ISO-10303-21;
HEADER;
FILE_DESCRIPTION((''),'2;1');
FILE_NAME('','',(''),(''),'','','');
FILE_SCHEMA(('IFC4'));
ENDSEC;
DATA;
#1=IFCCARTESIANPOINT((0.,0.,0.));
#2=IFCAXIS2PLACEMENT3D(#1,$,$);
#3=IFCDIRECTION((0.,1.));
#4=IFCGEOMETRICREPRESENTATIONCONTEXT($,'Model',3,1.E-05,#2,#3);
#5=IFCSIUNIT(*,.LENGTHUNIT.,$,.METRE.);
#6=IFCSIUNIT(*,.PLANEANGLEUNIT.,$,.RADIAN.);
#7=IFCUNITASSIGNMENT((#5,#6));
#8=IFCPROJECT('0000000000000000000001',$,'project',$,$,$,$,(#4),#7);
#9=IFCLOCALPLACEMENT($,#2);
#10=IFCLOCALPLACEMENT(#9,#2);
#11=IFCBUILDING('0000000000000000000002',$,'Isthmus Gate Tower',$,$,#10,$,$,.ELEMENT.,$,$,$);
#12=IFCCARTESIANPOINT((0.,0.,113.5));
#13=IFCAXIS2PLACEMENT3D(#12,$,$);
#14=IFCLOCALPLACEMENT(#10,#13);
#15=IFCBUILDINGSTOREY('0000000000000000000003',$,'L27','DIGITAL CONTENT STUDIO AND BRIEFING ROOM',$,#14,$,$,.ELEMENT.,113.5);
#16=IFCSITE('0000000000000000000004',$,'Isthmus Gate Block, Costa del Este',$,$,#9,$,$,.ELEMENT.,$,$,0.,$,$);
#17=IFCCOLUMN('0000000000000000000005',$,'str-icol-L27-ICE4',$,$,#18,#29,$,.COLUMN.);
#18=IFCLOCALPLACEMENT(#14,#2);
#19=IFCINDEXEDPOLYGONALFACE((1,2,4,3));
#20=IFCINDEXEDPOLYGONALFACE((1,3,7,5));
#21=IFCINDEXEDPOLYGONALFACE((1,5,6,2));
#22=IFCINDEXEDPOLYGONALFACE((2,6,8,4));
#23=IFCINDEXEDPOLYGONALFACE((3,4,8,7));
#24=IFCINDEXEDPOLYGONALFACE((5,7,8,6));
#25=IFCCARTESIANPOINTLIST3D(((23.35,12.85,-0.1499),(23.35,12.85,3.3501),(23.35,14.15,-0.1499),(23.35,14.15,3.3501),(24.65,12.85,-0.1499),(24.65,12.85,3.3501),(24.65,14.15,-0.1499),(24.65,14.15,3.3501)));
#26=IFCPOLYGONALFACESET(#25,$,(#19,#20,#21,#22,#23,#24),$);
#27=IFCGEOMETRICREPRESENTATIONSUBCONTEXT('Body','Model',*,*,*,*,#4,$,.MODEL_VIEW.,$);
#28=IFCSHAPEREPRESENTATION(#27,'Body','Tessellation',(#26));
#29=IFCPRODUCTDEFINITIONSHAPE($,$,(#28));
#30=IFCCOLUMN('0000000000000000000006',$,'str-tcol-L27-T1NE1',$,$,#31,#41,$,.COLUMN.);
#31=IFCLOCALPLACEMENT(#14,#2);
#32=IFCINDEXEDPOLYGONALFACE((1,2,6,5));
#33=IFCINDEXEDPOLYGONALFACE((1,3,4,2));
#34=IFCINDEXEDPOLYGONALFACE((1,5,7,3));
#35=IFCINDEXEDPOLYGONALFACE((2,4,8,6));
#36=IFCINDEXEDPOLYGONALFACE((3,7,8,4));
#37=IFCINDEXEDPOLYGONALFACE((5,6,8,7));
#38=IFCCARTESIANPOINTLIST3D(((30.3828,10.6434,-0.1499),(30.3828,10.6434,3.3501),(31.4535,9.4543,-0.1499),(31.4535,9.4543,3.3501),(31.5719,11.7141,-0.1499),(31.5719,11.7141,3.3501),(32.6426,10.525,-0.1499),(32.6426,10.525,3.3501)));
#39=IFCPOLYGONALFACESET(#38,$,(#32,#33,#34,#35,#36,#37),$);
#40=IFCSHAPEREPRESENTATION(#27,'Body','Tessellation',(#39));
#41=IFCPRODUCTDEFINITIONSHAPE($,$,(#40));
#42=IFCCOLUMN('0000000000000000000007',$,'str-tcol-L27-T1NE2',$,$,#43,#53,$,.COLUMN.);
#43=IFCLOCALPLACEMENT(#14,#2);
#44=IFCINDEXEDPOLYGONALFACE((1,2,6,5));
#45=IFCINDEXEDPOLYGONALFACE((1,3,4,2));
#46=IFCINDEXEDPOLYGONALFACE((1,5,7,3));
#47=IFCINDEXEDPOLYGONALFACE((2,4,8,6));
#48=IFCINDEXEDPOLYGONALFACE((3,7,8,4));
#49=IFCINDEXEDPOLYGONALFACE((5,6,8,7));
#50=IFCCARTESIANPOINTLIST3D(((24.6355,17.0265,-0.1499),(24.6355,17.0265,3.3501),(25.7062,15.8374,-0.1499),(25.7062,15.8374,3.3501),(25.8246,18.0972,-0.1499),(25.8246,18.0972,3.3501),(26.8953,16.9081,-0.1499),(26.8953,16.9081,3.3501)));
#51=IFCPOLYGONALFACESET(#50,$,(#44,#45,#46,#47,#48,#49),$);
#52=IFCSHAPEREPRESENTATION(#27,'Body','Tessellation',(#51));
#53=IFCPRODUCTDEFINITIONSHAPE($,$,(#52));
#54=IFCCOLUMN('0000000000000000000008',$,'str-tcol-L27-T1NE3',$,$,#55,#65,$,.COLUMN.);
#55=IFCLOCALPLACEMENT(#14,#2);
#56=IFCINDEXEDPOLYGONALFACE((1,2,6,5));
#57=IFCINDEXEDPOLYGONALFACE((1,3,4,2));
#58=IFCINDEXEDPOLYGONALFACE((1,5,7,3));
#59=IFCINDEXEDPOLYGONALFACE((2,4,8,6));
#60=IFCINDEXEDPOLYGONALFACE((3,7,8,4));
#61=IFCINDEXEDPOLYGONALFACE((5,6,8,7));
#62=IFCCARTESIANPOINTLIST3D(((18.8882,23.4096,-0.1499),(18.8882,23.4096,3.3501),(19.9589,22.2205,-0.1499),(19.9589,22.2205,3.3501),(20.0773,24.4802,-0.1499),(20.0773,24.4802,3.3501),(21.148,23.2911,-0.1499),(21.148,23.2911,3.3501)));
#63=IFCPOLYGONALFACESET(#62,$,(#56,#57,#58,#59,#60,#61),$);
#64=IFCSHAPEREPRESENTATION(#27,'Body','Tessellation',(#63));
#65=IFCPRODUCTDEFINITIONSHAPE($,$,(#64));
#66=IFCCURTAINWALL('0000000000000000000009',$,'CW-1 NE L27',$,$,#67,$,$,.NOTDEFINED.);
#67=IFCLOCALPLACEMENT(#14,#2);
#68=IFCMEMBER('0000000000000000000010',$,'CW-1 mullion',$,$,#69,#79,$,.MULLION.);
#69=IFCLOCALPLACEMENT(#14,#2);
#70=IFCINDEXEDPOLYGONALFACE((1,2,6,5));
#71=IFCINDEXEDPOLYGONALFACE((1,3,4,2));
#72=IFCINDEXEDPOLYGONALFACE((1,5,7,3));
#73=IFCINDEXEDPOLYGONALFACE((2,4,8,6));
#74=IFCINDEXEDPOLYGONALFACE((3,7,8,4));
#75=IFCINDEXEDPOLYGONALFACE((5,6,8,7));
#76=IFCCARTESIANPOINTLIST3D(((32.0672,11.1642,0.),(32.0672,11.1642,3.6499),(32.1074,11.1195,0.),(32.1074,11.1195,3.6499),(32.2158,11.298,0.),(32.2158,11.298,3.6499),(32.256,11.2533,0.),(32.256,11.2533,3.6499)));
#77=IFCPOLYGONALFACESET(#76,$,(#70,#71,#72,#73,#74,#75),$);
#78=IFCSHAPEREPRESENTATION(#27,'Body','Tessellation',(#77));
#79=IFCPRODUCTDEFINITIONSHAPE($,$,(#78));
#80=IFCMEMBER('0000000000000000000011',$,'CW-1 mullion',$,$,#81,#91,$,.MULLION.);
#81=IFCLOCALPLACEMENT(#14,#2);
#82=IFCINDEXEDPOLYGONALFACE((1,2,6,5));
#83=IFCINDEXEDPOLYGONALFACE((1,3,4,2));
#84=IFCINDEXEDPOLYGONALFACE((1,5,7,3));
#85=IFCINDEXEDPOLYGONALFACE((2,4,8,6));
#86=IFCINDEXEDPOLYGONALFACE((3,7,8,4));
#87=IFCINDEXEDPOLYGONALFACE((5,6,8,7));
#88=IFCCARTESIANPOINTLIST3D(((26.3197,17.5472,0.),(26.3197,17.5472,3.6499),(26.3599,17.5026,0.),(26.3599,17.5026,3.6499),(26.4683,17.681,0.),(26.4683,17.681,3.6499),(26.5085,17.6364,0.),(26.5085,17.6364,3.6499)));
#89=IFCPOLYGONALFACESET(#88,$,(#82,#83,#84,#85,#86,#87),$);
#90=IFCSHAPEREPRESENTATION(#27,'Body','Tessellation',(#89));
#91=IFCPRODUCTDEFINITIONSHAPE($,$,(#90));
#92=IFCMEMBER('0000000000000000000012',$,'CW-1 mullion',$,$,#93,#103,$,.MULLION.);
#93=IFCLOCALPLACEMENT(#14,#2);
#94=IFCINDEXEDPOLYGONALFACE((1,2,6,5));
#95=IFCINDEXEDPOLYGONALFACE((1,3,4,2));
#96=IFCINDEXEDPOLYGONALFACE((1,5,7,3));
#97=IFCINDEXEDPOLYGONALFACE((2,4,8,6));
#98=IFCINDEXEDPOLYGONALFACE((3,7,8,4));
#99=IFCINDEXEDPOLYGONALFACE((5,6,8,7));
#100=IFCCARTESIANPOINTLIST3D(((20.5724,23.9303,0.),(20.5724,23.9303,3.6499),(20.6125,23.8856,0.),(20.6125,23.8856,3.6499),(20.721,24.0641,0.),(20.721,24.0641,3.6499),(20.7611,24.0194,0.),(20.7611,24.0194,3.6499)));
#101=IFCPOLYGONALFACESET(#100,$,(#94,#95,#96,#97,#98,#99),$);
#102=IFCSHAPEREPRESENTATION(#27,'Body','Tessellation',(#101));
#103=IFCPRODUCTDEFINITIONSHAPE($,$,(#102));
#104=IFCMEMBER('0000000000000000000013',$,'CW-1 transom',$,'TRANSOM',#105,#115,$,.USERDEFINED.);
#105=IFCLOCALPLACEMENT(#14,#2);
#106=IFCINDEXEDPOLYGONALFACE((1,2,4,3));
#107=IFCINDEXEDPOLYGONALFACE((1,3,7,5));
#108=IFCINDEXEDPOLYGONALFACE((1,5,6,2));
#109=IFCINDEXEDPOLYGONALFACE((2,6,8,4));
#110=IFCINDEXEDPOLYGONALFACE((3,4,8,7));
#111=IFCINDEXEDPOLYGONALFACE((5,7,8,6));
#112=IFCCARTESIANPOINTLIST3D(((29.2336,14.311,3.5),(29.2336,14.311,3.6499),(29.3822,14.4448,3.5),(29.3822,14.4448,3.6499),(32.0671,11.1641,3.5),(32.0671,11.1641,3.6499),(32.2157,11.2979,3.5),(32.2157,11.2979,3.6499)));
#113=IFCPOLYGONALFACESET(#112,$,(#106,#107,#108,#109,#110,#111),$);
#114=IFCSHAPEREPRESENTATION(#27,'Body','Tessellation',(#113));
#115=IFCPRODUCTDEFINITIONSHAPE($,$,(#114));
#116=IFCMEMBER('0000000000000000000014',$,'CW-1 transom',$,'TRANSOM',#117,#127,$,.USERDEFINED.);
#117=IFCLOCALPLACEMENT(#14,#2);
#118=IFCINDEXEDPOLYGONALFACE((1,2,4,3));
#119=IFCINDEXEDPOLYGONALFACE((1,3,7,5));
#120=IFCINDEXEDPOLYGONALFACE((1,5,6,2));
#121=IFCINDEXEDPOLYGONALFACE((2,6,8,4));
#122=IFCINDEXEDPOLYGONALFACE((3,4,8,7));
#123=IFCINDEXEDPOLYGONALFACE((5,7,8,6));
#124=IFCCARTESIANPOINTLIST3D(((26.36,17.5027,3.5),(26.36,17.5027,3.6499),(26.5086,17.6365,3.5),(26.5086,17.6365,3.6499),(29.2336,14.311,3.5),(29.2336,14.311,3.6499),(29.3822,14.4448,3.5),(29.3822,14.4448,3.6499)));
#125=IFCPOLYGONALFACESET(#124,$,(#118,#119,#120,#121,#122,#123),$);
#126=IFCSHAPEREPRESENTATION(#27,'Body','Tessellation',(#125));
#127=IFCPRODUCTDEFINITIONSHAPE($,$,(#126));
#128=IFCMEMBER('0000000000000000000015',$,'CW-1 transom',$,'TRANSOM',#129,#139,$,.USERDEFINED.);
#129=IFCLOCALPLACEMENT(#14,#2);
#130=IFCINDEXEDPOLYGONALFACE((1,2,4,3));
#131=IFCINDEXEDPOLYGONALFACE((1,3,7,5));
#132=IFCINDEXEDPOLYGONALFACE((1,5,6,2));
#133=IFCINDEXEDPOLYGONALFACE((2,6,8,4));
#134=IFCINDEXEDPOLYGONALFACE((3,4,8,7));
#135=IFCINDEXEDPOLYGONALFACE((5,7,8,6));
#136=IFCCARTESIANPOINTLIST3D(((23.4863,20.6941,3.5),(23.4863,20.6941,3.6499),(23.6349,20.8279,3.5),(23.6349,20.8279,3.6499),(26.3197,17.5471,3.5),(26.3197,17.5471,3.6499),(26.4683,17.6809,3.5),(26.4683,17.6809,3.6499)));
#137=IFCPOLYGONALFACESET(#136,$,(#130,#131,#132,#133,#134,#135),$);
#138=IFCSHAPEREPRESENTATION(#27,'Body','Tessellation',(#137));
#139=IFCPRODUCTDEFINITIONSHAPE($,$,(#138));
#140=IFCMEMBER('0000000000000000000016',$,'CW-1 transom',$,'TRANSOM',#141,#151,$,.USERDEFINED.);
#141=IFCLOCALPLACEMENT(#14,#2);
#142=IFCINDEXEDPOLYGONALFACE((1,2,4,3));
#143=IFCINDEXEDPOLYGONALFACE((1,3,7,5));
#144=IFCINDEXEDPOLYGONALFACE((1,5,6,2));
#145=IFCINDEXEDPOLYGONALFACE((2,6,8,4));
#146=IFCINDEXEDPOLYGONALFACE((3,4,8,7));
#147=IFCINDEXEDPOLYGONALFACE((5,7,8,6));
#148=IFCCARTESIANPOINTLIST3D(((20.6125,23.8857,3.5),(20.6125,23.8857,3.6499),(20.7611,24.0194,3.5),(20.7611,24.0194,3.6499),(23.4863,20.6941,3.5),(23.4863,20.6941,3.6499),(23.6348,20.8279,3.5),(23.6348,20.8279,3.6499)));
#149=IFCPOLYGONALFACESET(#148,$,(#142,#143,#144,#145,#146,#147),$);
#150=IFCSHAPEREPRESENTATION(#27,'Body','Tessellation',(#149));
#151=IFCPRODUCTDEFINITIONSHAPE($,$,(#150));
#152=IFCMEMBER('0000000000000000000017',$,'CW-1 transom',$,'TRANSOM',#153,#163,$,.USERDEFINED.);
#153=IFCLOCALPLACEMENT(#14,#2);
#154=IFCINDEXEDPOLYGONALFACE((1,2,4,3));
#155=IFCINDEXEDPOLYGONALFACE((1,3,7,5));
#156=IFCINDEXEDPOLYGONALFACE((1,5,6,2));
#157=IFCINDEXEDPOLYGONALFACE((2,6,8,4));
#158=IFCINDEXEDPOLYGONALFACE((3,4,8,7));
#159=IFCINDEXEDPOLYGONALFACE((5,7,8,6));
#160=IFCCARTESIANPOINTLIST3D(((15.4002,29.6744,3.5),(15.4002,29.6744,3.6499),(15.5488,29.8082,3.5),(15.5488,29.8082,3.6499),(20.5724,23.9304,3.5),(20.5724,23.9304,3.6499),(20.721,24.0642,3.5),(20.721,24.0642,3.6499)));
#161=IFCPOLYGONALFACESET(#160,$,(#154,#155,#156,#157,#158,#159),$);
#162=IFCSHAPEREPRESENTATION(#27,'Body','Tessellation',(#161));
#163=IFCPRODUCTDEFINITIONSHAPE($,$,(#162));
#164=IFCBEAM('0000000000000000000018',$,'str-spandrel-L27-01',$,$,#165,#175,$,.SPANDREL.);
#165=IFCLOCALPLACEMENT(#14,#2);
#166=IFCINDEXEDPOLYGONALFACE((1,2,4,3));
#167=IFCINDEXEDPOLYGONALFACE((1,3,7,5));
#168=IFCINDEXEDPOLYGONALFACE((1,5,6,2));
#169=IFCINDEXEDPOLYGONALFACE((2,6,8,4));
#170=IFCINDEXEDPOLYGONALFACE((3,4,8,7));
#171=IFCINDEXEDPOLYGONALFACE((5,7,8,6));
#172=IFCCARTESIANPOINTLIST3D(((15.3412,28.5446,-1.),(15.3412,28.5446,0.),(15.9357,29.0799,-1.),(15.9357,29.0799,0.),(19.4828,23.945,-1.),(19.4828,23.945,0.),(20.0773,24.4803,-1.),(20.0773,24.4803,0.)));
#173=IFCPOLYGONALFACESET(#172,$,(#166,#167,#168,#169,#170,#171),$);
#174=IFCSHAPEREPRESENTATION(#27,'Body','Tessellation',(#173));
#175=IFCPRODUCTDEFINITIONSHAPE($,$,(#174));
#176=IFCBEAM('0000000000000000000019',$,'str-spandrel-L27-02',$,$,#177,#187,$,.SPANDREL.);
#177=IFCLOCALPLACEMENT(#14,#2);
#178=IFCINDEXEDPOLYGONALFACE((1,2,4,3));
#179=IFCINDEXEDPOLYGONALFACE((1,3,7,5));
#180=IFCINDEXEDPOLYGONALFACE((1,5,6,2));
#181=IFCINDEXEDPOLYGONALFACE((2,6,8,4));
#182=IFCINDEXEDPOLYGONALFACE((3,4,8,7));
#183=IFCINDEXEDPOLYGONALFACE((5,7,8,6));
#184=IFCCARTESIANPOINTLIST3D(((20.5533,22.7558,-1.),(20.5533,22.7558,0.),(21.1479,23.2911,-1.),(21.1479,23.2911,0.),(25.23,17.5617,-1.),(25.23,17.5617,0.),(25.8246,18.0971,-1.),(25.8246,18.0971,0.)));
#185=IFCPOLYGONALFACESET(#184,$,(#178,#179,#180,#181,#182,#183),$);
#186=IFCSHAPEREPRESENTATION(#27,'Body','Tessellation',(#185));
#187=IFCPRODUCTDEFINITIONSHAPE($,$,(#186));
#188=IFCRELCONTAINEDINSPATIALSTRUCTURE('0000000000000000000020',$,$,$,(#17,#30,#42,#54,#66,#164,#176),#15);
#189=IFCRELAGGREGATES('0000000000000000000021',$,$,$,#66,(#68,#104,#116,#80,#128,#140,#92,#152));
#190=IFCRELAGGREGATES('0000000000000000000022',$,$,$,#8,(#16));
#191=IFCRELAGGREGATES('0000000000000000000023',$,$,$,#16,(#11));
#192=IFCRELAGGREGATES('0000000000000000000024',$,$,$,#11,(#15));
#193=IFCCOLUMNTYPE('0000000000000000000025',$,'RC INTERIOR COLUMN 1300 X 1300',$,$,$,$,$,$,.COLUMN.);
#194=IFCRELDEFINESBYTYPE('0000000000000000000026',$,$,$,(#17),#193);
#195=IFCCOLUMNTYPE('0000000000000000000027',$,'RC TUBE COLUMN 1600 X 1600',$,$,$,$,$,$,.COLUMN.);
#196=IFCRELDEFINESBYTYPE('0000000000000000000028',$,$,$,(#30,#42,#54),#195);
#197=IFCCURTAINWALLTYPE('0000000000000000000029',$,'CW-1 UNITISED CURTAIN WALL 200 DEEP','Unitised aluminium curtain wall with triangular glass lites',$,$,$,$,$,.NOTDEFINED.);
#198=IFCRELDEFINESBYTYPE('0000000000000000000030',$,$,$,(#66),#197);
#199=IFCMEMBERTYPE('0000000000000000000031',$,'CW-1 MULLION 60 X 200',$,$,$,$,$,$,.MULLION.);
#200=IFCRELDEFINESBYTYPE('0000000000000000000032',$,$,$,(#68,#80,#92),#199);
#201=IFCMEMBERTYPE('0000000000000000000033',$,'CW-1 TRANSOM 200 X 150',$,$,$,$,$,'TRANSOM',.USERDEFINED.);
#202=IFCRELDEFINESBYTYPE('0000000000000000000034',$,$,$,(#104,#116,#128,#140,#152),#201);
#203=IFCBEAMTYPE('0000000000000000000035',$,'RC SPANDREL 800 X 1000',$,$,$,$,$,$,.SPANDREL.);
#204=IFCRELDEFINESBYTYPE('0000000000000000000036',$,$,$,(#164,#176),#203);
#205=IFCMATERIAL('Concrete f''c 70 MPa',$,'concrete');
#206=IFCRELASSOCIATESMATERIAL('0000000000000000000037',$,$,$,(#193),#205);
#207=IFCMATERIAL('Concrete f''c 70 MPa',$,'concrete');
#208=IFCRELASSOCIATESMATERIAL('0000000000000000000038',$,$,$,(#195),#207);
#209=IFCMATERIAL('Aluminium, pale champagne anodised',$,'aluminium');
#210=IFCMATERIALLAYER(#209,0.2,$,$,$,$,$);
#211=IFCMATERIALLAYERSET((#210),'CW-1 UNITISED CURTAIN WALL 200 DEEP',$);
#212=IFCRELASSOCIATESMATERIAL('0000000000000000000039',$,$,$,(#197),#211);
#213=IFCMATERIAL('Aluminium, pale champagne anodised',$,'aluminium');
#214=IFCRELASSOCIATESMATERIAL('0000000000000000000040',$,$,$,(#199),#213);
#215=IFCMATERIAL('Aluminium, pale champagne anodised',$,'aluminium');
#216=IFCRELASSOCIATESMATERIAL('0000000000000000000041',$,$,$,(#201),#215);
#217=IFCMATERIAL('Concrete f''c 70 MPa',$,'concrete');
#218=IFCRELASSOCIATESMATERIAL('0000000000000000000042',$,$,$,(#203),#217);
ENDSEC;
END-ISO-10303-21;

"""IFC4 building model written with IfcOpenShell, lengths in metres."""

from ifc_helpers import new_model, si_unit, direction, frame, origin, origin_2d, place, context, subcontext, project, spatial, rectangle, extrude, material, layer, layer_set, material_profile, profile_set, type_object, element, aggregate, save


model = new_model("IFC4")

# Units and contexts
model_context = context("Model", 3, precision=1e-05, world=origin(), true_north=direction((0.0, 1.0)))
body_context = subcontext(model_context, "Body", "Model", "MODEL_VIEW")
ifc_project = project(units=[si_unit("LENGTHUNIT", "METRE"), si_unit("PLANEANGLEUNIT", "RADIAN")], contexts=[model_context])

# Site, building, storey
site_placement = place(None, origin())
site = spatial("IfcSite", under=ifc_project, at=site_placement, Name="Isthmus Gate Block, Costa del Este", CompositionType="ELEMENT", RefElevation=0.0)
building_placement = place(site_placement, origin())
building = spatial("IfcBuilding", under=site, at=building_placement, Name="Isthmus Gate Tower", CompositionType="ELEMENT")
storey_placement = place(building_placement, frame((0.0, 0.0, 113.5)))
storey = spatial("IfcBuildingStorey", under=building, at=storey_placement, Name="L27", Description="DIGITAL CONTENT STUDIO AND BRIEFING ROOM", CompositionType="ELEMENT", Elevation=113.5)

# Columns
ifc_material_1 = material(Name="Concrete f'c 70 MPa", Category="concrete")
ifc_material_profile_1 = material_profile(ifc_material_1, rectangle(XDim=1.3, YDim=1.3, at=origin_2d()), Name="RC 1300X1300")
ifc_profile_set_1 = profile_set([ifc_material_profile_1], Name="Concrete f'c 70 MPa")
column_type_1 = type_object("IfcColumnType", Name="RC INTERIOR COLUMN 1300 X 1300", PredefinedType="COLUMN", material=ifc_profile_set_1)
column_placement = place(storey_placement, frame((24.0, 13.5, -0.1499), z_axis=(0.0, 0.0, 1.0), x_axis=(1.0, 0.0, 0.0)))
element("IfcColumn", 1, at=column_placement, inside=storey, type_object=column_type_1, Name="str-icol-L27-ICE4", PredefinedType="COLUMN", context=body_context, shape_type="SweptSolid", body=[
    extrude(rectangle(XDim=1.3, YDim=1.3, at=origin_2d()), origin(), (0.0, 0.0, 1.0), 3.5),
])
ifc_material_2 = material(Name="Concrete f'c 70 MPa", Category="concrete")
ifc_material_profile_2 = material_profile(ifc_material_2, rectangle(XDim=1.6001, YDim=1.6001, at=origin_2d()), Name="RC 1600X1600")
ifc_profile_set_2 = profile_set([ifc_material_profile_2], Name="Concrete f'c 70 MPa")
column_type_2 = type_object("IfcColumnType", Name="RC TUBE COLUMN 1600 X 1600", PredefinedType="COLUMN", material=ifc_profile_set_2)
for number, where, z_axis, x_axis, name in (
    (2, (31.5127, 10.5842, -0.1499), (0.0, 0.0, 1.0), (-0.669131, 0.743145, 0.0), "str-tcol-L27-T1NE1"),
    (3, (25.7654, 16.9673, -0.1499), (0.0, 0.0, 1.0), (-0.669131, 0.743145, 0.0), "str-tcol-L27-T1NE2"),
    (4, (20.0181, 23.3503, -0.1499), (0.0, 0.0, 1.0), (-0.669131, 0.743145, 0.0), "str-tcol-L27-T1NE3"),
):
    element("IfcColumn", number, at=place(storey_placement, frame(where, z_axis=z_axis, x_axis=x_axis)), inside=storey, type_object=column_type_2, Name=name, PredefinedType="COLUMN", context=body_context, shape_type="SweptSolid", body=[
        extrude(rectangle(XDim=1.6001, YDim=1.6001, at=origin_2d()), origin(), (0.0, 0.0, 1.0), 3.5),
    ])

# Curtain wall, members
ifc_material_3 = material(Name="Aluminium, pale champagne anodised", Category="aluminium")
ifc_layer_1 = layer(ifc_material_3, 0.2)
ifc_layer_set_1 = layer_set([ifc_layer_1], Name="CW-1 UNITISED CURTAIN WALL 200 DEEP")
curtain_wall_type = type_object("IfcCurtainWallType", Name="CW-1 UNITISED CURTAIN WALL 200 DEEP", Description="Unitised aluminium curtain wall with triangular glass lites", PredefinedType="NOTDEFINED", material=ifc_layer_set_1)
curtain_wall_placement = place(storey_placement, origin())
curtain_wall = element("IfcCurtainWall", 5, at=curtain_wall_placement, inside=storey, type_object=curtain_wall_type, Name="CW-1 NE L27", PredefinedType="NOTDEFINED")
ifc_material_4 = material(Name="Aluminium, pale champagne anodised", Category="aluminium")
ifc_material_profile_3 = material_profile(ifc_material_4, rectangle(XDim=0.0601, YDim=0.2, at=origin_2d()), Name="60x200")
ifc_profile_set_3 = profile_set([ifc_material_profile_3], Name="Aluminium, pale champagne anodised")
member_type_1 = type_object("IfcMemberType", Name="CW-1 MULLION 60 X 200", PredefinedType="MULLION", material=ifc_profile_set_3)
member_1_placement = place(storey_placement, frame((32.1616, 11.2087, 0.0), z_axis=(0.0, 0.0, 1.0), x_axis=(-0.669131, 0.743145, 0.0)))
member_1 = element("IfcMember", 6, at=member_1_placement, type_object=member_type_1, Name="CW-1 mullion", PredefinedType="MULLION", context=body_context, shape_type="SweptSolid", body=[
    extrude(rectangle(XDim=0.0601, YDim=0.2, at=origin_2d()), origin(), (0.0, 0.0, 1.0), 3.6499),
])
member_2_placement = place(storey_placement, frame((26.4141, 17.5918, 0.0), z_axis=(0.0, 0.0, 1.0), x_axis=(-0.669131, 0.743145, 0.0)))
member_2 = element("IfcMember", 7, at=member_2_placement, type_object=member_type_1, Name="CW-1 mullion", PredefinedType="MULLION", context=body_context, shape_type="SweptSolid", body=[
    extrude(rectangle(XDim=0.0601, YDim=0.2, at=origin_2d()), origin(), (0.0, 0.0, 1.0), 3.6499),
])
member_3_placement = place(storey_placement, frame((20.6667, 23.9749, 0.0), z_axis=(0.0, 0.0, 1.0), x_axis=(-0.669131, 0.743145, 0.0)))
member_3 = element("IfcMember", 8, at=member_3_placement, type_object=member_type_1, Name="CW-1 mullion", PredefinedType="MULLION", context=body_context, shape_type="SweptSolid", body=[
    extrude(rectangle(XDim=0.0601, YDim=0.2, at=origin_2d()), origin(), (0.0, 0.0, 1.0), 3.6499),
])
ifc_material_5 = material(Name="Aluminium, pale champagne anodised", Category="aluminium")
ifc_material_profile_4 = material_profile(ifc_material_5, rectangle(XDim=0.2, YDim=0.1499, at=origin_2d()), Name="200x150")
ifc_profile_set_4 = profile_set([ifc_material_profile_4], Name="Aluminium, pale champagne anodised")
member_type_2 = type_object("IfcMemberType", Name="CW-1 TRANSOM 200 X 150", ElementType="TRANSOM", PredefinedType="USERDEFINED", material=ifc_profile_set_4)
member_4_placement = place(storey_placement, frame((32.1414, 11.231, 3.575), z_axis=(-0.669124, 0.743151, 0.0), x_axis=(-0.743151, -0.669124, 0.0)))
member_4 = element("IfcMember", 9, at=member_4_placement, type_object=member_type_2, Name="CW-1 transom", ObjectType="TRANSOM", PredefinedType="USERDEFINED", context=body_context, shape_type="SweptSolid", body=[
    extrude(rectangle(XDim=0.2, YDim=0.1499, at=origin_2d()), origin(), (0.0, 0.0, 1.0), 4.2346),
])
member_5_placement = place(storey_placement, frame((29.3079, 14.3779, 3.575), z_axis=(-0.6691, 0.743173, 0.0), x_axis=(-0.743173, -0.6691, 0.0)))
member_5 = element("IfcMember", 10, at=member_5_placement, type_object=member_type_2, Name="CW-1 transom", ObjectType="TRANSOM", PredefinedType="USERDEFINED", context=body_context, shape_type="SweptSolid", body=[
    extrude(rectangle(XDim=0.2, YDim=0.1499, at=origin_2d()), origin(), (0.0, 0.0, 1.0), 4.2947),
])
member_6_placement = place(storey_placement, frame((26.394, 17.614, 3.575), z_axis=(-0.669124, 0.743151, 0.0), x_axis=(-0.743151, -0.669124, 0.0)))
member_6 = element("IfcMember", 11, at=member_6_placement, type_object=member_type_2, Name="CW-1 transom", ObjectType="TRANSOM", PredefinedType="USERDEFINED", context=body_context, shape_type="SweptSolid", body=[
    extrude(rectangle(XDim=0.2, YDim=0.1499, at=origin_2d()), origin(), (0.0, 0.0, 1.0), 4.2346),
])
member_7_placement = place(storey_placement, frame((23.5605, 20.761, 3.575), z_axis=(-0.669131, 0.743144, 0.0), x_axis=(-0.743144, -0.669131, 0.0)))
member_7 = element("IfcMember", 12, at=member_7_placement, type_object=member_type_2, Name="CW-1 transom", ObjectType="TRANSOM", PredefinedType="USERDEFINED", context=body_context, shape_type="SweptSolid", body=[
    extrude(rectangle(XDim=0.2, YDim=0.1499, at=origin_2d()), origin(), (0.0, 0.0, 1.0), 4.2947),
])
member_8_placement = place(storey_placement, frame((20.6467, 23.9973, 3.575), z_axis=(-0.669151, 0.743126, 0.0), x_axis=(-0.743126, -0.669151, 0.0)))
member_8 = element("IfcMember", 13, at=member_8_placement, type_object=member_type_2, Name="CW-1 transom", ObjectType="TRANSOM", PredefinedType="USERDEFINED", context=body_context, shape_type="SweptSolid", body=[
    extrude(rectangle(XDim=0.2, YDim=0.1499, at=origin_2d()), origin(), (0.0, 0.0, 1.0), 7.7295),
])

# Beams
ifc_material_6 = material(Name="Concrete f'c 70 MPa", Category="concrete")
ifc_material_profile_5 = material_profile(ifc_material_6, rectangle(XDim=0.8, YDim=1.0, at=origin_2d()), Name="RC 800X1000")
ifc_profile_set_5 = profile_set([ifc_material_profile_5], Name="Concrete f'c 70 MPa")
beam_type_1 = type_object("IfcBeamType", Name="RC SPANDREL 800 X 1000", PredefinedType="SPANDREL", material=ifc_profile_set_5)
beam_1_placement = place(storey_placement, frame((15.6384, 28.8123, -0.5), z_axis=(0.669139, -0.743137, 0.0), x_axis=(0.743137, 0.669139, 0.0)))
element("IfcBeam", 14, at=beam_1_placement, inside=storey, type_object=beam_type_1, Name="str-spandrel-L27-01", PredefinedType="SPANDREL", context=body_context, shape_type="SweptSolid", body=[
    extrude(rectangle(XDim=0.8, YDim=1.0, at=origin_2d()), origin(), (0.0, 0.0, 1.0), 6.1895),
])
for number, where, z_axis, x_axis, name in (
    (15, (20.8506, 23.0234, -0.5), (0.669129, -0.743146, 0.0), (0.743146, 0.669129, 0.0), "str-spandrel-L27-02"),
):
    element("IfcBeam", number, at=place(storey_placement, frame(where, z_axis=z_axis, x_axis=x_axis)), inside=storey, type_object=beam_type_1, Name=name, PredefinedType="SPANDREL", context=body_context, shape_type="SweptSolid", body=[
        extrude(rectangle(XDim=0.8, YDim=1.0, at=origin_2d()), origin(), (0.0, 0.0, 1.0), 6.9893),
    ])

aggregate(curtain_wall, [member_1, member_4, member_5, member_2, member_6, member_7, member_3, member_8])

save(model, "model.ifc")
